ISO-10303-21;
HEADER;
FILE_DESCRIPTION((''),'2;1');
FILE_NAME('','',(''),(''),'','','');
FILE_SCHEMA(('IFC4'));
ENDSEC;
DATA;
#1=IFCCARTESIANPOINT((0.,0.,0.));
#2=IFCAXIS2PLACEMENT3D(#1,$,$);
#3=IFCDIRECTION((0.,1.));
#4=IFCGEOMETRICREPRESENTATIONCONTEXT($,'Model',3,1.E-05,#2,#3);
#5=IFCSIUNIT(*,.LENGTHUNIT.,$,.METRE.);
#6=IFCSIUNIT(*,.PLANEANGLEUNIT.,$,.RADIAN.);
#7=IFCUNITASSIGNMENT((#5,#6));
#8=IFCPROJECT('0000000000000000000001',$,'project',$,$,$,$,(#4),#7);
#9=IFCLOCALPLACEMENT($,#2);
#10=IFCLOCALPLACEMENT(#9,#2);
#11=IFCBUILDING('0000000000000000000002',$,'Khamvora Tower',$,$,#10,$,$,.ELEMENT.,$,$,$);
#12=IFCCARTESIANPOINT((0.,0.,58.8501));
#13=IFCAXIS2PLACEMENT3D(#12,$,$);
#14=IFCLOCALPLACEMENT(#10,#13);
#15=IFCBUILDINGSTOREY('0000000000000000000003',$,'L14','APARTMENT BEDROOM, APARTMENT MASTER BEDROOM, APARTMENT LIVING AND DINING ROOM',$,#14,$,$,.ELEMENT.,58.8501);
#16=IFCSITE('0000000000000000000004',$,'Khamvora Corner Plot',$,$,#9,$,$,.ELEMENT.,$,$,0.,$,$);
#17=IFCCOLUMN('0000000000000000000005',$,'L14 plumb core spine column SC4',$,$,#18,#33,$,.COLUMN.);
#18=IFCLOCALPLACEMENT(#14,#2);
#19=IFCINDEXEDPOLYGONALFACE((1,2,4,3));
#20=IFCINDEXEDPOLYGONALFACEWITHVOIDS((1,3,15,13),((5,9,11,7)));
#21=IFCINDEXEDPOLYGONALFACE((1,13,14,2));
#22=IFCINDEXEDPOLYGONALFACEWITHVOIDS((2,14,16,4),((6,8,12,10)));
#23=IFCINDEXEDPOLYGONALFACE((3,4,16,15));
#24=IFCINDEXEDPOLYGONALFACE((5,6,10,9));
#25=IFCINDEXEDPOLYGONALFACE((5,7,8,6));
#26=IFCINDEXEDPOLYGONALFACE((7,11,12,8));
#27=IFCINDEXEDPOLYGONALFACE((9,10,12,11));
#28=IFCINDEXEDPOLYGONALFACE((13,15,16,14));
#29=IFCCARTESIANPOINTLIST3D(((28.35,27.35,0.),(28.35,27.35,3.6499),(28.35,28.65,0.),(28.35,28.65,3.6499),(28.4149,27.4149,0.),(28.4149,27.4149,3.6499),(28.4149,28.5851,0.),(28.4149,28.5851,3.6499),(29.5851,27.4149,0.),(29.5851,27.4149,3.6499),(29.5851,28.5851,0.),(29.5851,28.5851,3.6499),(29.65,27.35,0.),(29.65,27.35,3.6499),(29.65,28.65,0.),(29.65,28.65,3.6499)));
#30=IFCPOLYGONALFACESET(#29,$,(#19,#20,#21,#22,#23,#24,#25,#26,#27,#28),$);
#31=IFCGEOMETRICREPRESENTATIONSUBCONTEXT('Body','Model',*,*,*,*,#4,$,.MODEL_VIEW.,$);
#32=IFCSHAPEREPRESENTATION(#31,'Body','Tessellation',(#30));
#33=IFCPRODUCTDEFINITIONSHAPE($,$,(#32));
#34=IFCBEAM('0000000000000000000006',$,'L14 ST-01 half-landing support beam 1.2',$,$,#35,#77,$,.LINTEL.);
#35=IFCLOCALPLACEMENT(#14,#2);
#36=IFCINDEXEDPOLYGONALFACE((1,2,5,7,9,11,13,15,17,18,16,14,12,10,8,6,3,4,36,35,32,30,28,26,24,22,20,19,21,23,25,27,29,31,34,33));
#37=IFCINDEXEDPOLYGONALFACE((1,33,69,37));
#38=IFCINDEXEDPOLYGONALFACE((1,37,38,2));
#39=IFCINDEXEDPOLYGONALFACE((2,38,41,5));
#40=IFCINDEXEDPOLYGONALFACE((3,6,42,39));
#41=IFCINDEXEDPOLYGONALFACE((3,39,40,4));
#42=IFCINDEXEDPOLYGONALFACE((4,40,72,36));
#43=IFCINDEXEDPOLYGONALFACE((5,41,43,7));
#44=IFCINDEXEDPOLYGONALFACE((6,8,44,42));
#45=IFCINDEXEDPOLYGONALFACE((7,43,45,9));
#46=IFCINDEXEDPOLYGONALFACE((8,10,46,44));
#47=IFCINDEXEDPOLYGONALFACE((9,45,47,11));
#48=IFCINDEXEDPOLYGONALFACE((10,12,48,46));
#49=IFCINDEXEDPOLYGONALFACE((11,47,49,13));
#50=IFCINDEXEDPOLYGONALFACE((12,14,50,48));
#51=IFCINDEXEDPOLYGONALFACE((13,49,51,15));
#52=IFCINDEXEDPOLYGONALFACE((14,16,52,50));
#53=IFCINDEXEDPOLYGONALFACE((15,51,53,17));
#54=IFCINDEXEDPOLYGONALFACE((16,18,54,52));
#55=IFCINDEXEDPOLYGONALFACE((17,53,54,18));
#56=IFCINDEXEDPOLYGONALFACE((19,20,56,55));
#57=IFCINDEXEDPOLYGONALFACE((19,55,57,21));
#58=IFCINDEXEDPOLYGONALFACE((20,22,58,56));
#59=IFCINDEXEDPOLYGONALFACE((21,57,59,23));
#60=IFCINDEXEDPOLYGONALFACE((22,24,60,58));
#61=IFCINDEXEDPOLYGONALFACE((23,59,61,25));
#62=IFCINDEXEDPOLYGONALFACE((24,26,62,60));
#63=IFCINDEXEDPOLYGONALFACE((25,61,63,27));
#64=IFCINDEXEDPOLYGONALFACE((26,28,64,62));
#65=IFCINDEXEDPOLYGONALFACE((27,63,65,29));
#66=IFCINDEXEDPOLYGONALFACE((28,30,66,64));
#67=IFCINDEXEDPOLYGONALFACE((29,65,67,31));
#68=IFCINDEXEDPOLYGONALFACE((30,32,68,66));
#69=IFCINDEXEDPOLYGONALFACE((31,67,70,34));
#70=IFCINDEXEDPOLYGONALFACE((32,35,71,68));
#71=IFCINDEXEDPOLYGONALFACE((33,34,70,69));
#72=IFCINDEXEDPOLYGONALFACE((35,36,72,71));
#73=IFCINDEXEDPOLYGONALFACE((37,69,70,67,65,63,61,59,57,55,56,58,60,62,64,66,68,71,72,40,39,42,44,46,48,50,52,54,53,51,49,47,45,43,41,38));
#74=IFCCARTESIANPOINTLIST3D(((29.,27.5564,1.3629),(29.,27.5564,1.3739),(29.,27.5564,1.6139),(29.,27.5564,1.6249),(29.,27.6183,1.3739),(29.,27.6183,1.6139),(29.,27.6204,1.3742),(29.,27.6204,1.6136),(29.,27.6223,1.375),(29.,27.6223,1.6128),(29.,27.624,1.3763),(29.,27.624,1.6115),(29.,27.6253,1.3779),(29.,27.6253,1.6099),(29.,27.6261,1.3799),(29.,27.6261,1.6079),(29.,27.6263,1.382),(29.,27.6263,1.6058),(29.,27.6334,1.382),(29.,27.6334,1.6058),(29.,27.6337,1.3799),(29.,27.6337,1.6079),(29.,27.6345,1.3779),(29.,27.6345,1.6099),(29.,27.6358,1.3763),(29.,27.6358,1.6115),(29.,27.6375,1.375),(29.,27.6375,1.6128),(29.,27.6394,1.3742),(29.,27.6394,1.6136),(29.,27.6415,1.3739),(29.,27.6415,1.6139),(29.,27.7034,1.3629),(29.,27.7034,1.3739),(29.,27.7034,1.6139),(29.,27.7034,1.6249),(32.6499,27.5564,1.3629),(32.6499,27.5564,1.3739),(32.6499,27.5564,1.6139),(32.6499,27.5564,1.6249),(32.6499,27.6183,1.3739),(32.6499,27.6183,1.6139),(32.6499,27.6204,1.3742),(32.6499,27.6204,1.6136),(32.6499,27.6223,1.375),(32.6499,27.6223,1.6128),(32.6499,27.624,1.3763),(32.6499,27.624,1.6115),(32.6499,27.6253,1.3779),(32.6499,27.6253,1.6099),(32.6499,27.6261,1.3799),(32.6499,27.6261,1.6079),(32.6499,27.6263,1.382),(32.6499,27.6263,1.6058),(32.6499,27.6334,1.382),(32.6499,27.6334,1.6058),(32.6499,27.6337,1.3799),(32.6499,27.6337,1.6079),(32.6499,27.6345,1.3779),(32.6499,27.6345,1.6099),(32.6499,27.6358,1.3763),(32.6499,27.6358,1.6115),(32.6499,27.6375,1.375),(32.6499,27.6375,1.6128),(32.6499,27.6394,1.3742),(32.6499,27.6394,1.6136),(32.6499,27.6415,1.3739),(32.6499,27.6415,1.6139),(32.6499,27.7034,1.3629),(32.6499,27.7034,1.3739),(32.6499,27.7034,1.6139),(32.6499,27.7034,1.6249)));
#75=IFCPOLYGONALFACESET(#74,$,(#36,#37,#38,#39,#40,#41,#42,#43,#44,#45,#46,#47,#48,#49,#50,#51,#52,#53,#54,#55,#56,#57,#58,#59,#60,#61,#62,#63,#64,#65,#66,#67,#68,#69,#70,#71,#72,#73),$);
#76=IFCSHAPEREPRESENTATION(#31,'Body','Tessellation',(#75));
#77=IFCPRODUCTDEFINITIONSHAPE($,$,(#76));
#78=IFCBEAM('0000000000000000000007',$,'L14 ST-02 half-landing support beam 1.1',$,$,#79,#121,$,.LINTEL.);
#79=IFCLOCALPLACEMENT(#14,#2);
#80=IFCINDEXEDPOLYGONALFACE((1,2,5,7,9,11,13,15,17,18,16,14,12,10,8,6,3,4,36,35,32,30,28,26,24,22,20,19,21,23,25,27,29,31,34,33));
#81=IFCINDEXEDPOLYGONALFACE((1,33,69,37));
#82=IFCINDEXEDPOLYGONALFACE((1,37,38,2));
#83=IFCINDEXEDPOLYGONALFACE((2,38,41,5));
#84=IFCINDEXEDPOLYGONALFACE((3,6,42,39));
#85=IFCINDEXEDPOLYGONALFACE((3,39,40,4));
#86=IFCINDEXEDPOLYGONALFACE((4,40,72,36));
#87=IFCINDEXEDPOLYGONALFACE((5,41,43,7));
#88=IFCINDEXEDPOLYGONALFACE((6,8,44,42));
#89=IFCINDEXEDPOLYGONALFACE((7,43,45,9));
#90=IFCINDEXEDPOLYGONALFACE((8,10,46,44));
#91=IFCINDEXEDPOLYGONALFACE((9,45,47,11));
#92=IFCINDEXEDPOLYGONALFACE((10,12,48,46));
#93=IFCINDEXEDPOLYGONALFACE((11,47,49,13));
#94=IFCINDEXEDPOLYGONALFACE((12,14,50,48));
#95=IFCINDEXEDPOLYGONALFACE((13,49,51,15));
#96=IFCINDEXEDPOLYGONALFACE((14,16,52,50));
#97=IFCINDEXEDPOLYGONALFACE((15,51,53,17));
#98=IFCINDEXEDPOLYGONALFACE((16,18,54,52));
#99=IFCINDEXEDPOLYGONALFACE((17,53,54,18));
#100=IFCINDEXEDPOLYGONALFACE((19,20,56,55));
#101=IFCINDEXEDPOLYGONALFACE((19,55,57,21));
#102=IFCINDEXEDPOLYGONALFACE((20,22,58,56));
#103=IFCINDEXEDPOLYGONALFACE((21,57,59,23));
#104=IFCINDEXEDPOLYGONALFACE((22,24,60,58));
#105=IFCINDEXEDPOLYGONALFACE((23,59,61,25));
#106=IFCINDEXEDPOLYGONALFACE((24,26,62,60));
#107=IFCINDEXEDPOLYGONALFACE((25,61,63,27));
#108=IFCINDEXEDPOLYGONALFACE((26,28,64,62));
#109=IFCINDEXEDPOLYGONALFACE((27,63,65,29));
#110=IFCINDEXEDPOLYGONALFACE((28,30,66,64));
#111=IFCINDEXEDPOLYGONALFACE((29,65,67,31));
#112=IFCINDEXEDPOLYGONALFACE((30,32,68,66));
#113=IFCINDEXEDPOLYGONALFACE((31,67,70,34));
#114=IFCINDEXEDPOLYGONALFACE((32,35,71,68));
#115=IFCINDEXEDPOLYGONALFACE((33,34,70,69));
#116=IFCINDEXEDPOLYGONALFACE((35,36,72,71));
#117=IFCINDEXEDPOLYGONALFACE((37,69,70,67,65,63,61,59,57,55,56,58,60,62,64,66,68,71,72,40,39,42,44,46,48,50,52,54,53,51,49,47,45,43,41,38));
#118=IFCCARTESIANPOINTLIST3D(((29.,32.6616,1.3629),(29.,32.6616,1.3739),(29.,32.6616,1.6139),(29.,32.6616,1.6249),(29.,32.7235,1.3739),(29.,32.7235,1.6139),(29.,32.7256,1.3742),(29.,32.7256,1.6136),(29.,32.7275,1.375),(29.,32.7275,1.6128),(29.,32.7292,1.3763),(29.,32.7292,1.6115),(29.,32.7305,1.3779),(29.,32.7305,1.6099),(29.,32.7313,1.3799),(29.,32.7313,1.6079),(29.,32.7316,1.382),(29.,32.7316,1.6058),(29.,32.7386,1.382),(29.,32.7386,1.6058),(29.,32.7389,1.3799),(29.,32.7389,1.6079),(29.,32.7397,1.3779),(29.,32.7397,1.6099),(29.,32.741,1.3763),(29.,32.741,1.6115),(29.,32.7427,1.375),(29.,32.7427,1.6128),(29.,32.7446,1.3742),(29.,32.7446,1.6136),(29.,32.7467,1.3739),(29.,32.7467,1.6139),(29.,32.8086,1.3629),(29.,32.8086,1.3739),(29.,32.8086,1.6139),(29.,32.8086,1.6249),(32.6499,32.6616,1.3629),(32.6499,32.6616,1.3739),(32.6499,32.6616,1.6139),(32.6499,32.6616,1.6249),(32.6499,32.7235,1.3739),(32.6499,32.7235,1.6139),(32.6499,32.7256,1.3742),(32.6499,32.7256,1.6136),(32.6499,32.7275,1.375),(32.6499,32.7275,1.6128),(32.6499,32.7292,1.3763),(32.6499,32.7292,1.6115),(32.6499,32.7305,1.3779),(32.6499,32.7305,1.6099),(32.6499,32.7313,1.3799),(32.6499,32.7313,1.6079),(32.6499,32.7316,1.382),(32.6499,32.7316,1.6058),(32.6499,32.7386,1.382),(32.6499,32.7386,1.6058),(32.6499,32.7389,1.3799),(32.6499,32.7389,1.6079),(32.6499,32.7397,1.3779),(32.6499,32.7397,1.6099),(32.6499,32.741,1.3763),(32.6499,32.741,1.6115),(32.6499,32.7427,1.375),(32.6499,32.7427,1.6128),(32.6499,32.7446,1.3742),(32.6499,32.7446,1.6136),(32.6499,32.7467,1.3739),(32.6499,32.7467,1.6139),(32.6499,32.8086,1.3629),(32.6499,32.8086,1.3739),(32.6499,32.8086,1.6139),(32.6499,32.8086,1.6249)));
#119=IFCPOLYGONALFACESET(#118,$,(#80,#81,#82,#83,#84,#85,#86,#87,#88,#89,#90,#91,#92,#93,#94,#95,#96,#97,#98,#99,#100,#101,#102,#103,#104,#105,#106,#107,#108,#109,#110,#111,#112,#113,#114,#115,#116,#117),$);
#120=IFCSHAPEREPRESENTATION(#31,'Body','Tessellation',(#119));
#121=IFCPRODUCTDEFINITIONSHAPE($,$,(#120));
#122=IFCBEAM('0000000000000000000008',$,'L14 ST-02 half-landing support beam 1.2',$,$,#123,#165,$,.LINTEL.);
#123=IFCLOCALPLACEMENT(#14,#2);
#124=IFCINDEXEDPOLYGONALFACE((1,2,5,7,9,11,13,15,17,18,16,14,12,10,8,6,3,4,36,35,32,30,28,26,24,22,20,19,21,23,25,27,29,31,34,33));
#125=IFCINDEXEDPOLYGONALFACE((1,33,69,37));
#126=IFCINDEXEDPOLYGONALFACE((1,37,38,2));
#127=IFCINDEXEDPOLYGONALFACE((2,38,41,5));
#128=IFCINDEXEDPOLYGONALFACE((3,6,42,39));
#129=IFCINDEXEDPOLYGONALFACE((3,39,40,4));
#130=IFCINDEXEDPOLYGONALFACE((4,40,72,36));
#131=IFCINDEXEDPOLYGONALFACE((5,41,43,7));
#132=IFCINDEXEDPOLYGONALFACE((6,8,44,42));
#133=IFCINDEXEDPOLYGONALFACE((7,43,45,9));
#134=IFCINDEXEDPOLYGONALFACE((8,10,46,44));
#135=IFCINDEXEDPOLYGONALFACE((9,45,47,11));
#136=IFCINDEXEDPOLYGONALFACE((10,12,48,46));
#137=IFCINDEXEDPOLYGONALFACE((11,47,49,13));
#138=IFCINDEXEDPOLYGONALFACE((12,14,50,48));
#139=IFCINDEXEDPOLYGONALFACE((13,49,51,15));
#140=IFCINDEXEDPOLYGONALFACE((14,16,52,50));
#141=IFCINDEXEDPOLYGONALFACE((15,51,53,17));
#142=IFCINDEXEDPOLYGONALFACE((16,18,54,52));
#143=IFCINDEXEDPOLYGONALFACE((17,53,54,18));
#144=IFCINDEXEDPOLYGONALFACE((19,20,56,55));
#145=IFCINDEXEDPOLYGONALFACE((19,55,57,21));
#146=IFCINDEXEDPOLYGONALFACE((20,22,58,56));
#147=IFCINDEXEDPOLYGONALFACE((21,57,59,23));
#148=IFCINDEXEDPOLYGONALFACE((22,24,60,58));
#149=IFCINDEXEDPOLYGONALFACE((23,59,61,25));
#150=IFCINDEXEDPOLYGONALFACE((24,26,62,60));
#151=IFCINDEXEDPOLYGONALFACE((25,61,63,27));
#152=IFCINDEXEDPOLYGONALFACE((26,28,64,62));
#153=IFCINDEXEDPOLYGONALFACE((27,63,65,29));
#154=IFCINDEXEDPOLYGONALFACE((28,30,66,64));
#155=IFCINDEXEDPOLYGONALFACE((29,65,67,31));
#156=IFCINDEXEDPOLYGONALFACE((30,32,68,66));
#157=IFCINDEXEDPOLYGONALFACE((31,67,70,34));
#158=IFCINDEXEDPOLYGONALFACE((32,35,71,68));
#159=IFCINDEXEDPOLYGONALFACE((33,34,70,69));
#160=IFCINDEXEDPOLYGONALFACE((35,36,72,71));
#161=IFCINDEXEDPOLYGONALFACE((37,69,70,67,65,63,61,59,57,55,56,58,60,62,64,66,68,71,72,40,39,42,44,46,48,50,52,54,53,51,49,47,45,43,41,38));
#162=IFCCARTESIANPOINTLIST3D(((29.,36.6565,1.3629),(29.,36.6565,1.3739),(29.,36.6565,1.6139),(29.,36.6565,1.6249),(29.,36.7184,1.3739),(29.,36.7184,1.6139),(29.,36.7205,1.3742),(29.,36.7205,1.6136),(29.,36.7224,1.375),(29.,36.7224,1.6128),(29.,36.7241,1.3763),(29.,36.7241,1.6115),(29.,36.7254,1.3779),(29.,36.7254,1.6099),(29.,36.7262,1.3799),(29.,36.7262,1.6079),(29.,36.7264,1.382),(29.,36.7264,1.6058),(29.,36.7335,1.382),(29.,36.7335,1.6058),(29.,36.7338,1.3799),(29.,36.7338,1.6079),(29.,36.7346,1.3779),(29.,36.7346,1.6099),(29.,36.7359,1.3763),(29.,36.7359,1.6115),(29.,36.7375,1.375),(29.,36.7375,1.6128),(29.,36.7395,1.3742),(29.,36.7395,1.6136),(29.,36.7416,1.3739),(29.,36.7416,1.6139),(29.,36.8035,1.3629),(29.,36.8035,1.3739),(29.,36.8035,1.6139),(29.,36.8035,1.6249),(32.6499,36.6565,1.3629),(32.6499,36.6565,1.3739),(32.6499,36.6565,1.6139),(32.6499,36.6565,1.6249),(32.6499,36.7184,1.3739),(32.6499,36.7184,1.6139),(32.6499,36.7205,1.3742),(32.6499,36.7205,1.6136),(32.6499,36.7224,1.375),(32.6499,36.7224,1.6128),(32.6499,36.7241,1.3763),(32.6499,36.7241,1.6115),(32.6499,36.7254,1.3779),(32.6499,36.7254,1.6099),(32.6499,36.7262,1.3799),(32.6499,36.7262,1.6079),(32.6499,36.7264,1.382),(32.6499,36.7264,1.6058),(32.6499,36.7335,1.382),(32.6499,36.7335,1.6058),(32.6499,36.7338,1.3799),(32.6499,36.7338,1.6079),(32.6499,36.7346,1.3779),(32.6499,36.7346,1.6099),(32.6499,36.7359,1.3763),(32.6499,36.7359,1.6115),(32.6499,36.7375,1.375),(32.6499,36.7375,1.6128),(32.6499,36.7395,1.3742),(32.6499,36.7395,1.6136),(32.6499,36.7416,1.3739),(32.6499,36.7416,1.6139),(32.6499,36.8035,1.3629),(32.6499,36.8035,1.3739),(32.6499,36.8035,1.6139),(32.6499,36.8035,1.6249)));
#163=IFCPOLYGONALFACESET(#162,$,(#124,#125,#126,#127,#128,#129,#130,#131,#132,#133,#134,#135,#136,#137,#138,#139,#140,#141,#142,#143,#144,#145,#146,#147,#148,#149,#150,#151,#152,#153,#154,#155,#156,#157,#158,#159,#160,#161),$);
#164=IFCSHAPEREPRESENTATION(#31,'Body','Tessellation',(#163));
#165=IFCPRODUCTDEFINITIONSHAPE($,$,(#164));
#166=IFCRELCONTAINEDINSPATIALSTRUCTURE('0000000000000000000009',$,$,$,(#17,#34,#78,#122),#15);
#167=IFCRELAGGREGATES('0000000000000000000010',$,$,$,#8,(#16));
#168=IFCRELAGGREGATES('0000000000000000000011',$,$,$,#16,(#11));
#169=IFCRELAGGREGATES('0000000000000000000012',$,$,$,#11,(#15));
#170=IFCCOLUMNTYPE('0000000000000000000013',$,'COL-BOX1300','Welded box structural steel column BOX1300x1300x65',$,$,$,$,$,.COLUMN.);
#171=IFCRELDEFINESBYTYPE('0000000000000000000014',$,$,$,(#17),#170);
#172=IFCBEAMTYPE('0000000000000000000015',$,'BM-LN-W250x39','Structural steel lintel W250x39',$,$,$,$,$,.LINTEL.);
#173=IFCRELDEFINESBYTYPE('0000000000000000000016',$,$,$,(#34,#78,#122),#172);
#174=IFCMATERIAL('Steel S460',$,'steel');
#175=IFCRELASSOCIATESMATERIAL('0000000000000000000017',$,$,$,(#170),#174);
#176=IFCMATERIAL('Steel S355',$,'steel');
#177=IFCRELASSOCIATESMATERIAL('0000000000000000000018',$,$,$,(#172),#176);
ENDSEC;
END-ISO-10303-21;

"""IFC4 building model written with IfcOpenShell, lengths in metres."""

from ifc_helpers import new_model, si_unit, direction, frame, origin, origin_2d, place, context, subcontext, project, spatial, hollow_rectangle, i_section, extrude, material, material_profile, profile_set, type_object, element, save


model = new_model("IFC4")

# Units and contexts
model_context = context("Model", 3, precision=1e-05, world=origin(), true_north=direction((0.0, 1.0)))
body_context = subcontext(model_context, "Body", "Model", "MODEL_VIEW")
ifc_project = project(units=[si_unit("LENGTHUNIT", "METRE"), si_unit("PLANEANGLEUNIT", "RADIAN")], contexts=[model_context])

# Site, building, storey
site_placement = place(None, origin())
site = spatial("IfcSite", under=ifc_project, at=site_placement, Name="Khamvora Corner Plot", CompositionType="ELEMENT", RefElevation=0.0)
building_placement = place(site_placement, origin())
building = spatial("IfcBuilding", under=site, at=building_placement, Name="Khamvora Tower", CompositionType="ELEMENT")
storey_placement = place(building_placement, frame((0.0, 0.0, 58.8501)))
storey = spatial("IfcBuildingStorey", under=building, at=storey_placement, Name="L14", Description="APARTMENT BEDROOM, APARTMENT MASTER BEDROOM, APARTMENT LIVING AND DINING ROOM", CompositionType="ELEMENT", Elevation=58.8501)

# Column
ifc_material_1 = material(Name="Steel S460", Category="steel")
ifc_material_profile_1 = material_profile(ifc_material_1, hollow_rectangle(XDim=1.3, YDim=1.3, WallThickness=0.0649, at=origin_2d()), Name="BOX1300x1300x65")
ifc_profile_set_1 = profile_set([ifc_material_profile_1], Name="Steel S460")
column_type = type_object("IfcColumnType", Name="COL-BOX1300", Description="Welded box structural steel column BOX1300x1300x65", PredefinedType="COLUMN", material=ifc_profile_set_1)
column_placement = place(storey_placement, frame((29.0, 28.0, 0.0), z_axis=(0.0, 0.0, 1.0), x_axis=(1.0, 0.0, 0.0)))
element("IfcColumn", 1, at=column_placement, inside=storey, type_object=column_type, Name="L14 plumb core spine column SC4", PredefinedType="COLUMN", context=body_context, shape_type="SweptSolid", body=[
    extrude(hollow_rectangle(XDim=1.3, YDim=1.3, WallThickness=0.0649, at=origin_2d()), origin(), (0.0, 0.0, 1.0), 3.6499),
])

# Beams
ifc_material_2 = material(Name="Steel S355", Category="steel")
ifc_material_profile_2 = material_profile(ifc_material_2, i_section(OverallWidth=0.147, OverallDepth=0.262, WebThickness=0.0071, FlangeThickness=0.011, FilletRadius=0.0081, at=origin_2d()), Name="W250x39")
ifc_profile_set_2 = profile_set([ifc_material_profile_2], Name="Steel S355")
beam_type_1 = type_object("IfcBeamType", Name="BM-LN-W250x39", Description="Structural steel lintel W250x39", PredefinedType="LINTEL", material=ifc_profile_set_2)
for number, where, z_axis, x_axis, name in (
    (2, (29.0, 27.6299, 1.4939), (1.0, 0.0, 0.0), (0.0, 1.0, 0.0), "L14 ST-01 half-landing support beam 1.2"),
    (3, (29.0, 32.7351, 1.4939), (1.0, 0.0, 0.0), (0.0, 1.0, 0.0), "L14 ST-02 half-landing support beam 1.1"),
    (4, (29.0, 36.73, 1.4939), (1.0, 0.0, 0.0), (0.0, 1.0, 0.0), "L14 ST-02 half-landing support beam 1.2"),
):
    element("IfcBeam", number, at=place(storey_placement, frame(where, z_axis=z_axis, x_axis=x_axis)), inside=storey, type_object=beam_type_1, Name=name, PredefinedType="LINTEL", context=body_context, shape_type="SweptSolid", body=[
        extrude(i_section(OverallWidth=0.147, OverallDepth=0.262, WebThickness=0.0071, FlangeThickness=0.011, FilletRadius=0.0081, at=origin_2d()), origin(), (0.0, 0.0, 1.0), 3.6499),
    ])

save(model, "model.ifc")
